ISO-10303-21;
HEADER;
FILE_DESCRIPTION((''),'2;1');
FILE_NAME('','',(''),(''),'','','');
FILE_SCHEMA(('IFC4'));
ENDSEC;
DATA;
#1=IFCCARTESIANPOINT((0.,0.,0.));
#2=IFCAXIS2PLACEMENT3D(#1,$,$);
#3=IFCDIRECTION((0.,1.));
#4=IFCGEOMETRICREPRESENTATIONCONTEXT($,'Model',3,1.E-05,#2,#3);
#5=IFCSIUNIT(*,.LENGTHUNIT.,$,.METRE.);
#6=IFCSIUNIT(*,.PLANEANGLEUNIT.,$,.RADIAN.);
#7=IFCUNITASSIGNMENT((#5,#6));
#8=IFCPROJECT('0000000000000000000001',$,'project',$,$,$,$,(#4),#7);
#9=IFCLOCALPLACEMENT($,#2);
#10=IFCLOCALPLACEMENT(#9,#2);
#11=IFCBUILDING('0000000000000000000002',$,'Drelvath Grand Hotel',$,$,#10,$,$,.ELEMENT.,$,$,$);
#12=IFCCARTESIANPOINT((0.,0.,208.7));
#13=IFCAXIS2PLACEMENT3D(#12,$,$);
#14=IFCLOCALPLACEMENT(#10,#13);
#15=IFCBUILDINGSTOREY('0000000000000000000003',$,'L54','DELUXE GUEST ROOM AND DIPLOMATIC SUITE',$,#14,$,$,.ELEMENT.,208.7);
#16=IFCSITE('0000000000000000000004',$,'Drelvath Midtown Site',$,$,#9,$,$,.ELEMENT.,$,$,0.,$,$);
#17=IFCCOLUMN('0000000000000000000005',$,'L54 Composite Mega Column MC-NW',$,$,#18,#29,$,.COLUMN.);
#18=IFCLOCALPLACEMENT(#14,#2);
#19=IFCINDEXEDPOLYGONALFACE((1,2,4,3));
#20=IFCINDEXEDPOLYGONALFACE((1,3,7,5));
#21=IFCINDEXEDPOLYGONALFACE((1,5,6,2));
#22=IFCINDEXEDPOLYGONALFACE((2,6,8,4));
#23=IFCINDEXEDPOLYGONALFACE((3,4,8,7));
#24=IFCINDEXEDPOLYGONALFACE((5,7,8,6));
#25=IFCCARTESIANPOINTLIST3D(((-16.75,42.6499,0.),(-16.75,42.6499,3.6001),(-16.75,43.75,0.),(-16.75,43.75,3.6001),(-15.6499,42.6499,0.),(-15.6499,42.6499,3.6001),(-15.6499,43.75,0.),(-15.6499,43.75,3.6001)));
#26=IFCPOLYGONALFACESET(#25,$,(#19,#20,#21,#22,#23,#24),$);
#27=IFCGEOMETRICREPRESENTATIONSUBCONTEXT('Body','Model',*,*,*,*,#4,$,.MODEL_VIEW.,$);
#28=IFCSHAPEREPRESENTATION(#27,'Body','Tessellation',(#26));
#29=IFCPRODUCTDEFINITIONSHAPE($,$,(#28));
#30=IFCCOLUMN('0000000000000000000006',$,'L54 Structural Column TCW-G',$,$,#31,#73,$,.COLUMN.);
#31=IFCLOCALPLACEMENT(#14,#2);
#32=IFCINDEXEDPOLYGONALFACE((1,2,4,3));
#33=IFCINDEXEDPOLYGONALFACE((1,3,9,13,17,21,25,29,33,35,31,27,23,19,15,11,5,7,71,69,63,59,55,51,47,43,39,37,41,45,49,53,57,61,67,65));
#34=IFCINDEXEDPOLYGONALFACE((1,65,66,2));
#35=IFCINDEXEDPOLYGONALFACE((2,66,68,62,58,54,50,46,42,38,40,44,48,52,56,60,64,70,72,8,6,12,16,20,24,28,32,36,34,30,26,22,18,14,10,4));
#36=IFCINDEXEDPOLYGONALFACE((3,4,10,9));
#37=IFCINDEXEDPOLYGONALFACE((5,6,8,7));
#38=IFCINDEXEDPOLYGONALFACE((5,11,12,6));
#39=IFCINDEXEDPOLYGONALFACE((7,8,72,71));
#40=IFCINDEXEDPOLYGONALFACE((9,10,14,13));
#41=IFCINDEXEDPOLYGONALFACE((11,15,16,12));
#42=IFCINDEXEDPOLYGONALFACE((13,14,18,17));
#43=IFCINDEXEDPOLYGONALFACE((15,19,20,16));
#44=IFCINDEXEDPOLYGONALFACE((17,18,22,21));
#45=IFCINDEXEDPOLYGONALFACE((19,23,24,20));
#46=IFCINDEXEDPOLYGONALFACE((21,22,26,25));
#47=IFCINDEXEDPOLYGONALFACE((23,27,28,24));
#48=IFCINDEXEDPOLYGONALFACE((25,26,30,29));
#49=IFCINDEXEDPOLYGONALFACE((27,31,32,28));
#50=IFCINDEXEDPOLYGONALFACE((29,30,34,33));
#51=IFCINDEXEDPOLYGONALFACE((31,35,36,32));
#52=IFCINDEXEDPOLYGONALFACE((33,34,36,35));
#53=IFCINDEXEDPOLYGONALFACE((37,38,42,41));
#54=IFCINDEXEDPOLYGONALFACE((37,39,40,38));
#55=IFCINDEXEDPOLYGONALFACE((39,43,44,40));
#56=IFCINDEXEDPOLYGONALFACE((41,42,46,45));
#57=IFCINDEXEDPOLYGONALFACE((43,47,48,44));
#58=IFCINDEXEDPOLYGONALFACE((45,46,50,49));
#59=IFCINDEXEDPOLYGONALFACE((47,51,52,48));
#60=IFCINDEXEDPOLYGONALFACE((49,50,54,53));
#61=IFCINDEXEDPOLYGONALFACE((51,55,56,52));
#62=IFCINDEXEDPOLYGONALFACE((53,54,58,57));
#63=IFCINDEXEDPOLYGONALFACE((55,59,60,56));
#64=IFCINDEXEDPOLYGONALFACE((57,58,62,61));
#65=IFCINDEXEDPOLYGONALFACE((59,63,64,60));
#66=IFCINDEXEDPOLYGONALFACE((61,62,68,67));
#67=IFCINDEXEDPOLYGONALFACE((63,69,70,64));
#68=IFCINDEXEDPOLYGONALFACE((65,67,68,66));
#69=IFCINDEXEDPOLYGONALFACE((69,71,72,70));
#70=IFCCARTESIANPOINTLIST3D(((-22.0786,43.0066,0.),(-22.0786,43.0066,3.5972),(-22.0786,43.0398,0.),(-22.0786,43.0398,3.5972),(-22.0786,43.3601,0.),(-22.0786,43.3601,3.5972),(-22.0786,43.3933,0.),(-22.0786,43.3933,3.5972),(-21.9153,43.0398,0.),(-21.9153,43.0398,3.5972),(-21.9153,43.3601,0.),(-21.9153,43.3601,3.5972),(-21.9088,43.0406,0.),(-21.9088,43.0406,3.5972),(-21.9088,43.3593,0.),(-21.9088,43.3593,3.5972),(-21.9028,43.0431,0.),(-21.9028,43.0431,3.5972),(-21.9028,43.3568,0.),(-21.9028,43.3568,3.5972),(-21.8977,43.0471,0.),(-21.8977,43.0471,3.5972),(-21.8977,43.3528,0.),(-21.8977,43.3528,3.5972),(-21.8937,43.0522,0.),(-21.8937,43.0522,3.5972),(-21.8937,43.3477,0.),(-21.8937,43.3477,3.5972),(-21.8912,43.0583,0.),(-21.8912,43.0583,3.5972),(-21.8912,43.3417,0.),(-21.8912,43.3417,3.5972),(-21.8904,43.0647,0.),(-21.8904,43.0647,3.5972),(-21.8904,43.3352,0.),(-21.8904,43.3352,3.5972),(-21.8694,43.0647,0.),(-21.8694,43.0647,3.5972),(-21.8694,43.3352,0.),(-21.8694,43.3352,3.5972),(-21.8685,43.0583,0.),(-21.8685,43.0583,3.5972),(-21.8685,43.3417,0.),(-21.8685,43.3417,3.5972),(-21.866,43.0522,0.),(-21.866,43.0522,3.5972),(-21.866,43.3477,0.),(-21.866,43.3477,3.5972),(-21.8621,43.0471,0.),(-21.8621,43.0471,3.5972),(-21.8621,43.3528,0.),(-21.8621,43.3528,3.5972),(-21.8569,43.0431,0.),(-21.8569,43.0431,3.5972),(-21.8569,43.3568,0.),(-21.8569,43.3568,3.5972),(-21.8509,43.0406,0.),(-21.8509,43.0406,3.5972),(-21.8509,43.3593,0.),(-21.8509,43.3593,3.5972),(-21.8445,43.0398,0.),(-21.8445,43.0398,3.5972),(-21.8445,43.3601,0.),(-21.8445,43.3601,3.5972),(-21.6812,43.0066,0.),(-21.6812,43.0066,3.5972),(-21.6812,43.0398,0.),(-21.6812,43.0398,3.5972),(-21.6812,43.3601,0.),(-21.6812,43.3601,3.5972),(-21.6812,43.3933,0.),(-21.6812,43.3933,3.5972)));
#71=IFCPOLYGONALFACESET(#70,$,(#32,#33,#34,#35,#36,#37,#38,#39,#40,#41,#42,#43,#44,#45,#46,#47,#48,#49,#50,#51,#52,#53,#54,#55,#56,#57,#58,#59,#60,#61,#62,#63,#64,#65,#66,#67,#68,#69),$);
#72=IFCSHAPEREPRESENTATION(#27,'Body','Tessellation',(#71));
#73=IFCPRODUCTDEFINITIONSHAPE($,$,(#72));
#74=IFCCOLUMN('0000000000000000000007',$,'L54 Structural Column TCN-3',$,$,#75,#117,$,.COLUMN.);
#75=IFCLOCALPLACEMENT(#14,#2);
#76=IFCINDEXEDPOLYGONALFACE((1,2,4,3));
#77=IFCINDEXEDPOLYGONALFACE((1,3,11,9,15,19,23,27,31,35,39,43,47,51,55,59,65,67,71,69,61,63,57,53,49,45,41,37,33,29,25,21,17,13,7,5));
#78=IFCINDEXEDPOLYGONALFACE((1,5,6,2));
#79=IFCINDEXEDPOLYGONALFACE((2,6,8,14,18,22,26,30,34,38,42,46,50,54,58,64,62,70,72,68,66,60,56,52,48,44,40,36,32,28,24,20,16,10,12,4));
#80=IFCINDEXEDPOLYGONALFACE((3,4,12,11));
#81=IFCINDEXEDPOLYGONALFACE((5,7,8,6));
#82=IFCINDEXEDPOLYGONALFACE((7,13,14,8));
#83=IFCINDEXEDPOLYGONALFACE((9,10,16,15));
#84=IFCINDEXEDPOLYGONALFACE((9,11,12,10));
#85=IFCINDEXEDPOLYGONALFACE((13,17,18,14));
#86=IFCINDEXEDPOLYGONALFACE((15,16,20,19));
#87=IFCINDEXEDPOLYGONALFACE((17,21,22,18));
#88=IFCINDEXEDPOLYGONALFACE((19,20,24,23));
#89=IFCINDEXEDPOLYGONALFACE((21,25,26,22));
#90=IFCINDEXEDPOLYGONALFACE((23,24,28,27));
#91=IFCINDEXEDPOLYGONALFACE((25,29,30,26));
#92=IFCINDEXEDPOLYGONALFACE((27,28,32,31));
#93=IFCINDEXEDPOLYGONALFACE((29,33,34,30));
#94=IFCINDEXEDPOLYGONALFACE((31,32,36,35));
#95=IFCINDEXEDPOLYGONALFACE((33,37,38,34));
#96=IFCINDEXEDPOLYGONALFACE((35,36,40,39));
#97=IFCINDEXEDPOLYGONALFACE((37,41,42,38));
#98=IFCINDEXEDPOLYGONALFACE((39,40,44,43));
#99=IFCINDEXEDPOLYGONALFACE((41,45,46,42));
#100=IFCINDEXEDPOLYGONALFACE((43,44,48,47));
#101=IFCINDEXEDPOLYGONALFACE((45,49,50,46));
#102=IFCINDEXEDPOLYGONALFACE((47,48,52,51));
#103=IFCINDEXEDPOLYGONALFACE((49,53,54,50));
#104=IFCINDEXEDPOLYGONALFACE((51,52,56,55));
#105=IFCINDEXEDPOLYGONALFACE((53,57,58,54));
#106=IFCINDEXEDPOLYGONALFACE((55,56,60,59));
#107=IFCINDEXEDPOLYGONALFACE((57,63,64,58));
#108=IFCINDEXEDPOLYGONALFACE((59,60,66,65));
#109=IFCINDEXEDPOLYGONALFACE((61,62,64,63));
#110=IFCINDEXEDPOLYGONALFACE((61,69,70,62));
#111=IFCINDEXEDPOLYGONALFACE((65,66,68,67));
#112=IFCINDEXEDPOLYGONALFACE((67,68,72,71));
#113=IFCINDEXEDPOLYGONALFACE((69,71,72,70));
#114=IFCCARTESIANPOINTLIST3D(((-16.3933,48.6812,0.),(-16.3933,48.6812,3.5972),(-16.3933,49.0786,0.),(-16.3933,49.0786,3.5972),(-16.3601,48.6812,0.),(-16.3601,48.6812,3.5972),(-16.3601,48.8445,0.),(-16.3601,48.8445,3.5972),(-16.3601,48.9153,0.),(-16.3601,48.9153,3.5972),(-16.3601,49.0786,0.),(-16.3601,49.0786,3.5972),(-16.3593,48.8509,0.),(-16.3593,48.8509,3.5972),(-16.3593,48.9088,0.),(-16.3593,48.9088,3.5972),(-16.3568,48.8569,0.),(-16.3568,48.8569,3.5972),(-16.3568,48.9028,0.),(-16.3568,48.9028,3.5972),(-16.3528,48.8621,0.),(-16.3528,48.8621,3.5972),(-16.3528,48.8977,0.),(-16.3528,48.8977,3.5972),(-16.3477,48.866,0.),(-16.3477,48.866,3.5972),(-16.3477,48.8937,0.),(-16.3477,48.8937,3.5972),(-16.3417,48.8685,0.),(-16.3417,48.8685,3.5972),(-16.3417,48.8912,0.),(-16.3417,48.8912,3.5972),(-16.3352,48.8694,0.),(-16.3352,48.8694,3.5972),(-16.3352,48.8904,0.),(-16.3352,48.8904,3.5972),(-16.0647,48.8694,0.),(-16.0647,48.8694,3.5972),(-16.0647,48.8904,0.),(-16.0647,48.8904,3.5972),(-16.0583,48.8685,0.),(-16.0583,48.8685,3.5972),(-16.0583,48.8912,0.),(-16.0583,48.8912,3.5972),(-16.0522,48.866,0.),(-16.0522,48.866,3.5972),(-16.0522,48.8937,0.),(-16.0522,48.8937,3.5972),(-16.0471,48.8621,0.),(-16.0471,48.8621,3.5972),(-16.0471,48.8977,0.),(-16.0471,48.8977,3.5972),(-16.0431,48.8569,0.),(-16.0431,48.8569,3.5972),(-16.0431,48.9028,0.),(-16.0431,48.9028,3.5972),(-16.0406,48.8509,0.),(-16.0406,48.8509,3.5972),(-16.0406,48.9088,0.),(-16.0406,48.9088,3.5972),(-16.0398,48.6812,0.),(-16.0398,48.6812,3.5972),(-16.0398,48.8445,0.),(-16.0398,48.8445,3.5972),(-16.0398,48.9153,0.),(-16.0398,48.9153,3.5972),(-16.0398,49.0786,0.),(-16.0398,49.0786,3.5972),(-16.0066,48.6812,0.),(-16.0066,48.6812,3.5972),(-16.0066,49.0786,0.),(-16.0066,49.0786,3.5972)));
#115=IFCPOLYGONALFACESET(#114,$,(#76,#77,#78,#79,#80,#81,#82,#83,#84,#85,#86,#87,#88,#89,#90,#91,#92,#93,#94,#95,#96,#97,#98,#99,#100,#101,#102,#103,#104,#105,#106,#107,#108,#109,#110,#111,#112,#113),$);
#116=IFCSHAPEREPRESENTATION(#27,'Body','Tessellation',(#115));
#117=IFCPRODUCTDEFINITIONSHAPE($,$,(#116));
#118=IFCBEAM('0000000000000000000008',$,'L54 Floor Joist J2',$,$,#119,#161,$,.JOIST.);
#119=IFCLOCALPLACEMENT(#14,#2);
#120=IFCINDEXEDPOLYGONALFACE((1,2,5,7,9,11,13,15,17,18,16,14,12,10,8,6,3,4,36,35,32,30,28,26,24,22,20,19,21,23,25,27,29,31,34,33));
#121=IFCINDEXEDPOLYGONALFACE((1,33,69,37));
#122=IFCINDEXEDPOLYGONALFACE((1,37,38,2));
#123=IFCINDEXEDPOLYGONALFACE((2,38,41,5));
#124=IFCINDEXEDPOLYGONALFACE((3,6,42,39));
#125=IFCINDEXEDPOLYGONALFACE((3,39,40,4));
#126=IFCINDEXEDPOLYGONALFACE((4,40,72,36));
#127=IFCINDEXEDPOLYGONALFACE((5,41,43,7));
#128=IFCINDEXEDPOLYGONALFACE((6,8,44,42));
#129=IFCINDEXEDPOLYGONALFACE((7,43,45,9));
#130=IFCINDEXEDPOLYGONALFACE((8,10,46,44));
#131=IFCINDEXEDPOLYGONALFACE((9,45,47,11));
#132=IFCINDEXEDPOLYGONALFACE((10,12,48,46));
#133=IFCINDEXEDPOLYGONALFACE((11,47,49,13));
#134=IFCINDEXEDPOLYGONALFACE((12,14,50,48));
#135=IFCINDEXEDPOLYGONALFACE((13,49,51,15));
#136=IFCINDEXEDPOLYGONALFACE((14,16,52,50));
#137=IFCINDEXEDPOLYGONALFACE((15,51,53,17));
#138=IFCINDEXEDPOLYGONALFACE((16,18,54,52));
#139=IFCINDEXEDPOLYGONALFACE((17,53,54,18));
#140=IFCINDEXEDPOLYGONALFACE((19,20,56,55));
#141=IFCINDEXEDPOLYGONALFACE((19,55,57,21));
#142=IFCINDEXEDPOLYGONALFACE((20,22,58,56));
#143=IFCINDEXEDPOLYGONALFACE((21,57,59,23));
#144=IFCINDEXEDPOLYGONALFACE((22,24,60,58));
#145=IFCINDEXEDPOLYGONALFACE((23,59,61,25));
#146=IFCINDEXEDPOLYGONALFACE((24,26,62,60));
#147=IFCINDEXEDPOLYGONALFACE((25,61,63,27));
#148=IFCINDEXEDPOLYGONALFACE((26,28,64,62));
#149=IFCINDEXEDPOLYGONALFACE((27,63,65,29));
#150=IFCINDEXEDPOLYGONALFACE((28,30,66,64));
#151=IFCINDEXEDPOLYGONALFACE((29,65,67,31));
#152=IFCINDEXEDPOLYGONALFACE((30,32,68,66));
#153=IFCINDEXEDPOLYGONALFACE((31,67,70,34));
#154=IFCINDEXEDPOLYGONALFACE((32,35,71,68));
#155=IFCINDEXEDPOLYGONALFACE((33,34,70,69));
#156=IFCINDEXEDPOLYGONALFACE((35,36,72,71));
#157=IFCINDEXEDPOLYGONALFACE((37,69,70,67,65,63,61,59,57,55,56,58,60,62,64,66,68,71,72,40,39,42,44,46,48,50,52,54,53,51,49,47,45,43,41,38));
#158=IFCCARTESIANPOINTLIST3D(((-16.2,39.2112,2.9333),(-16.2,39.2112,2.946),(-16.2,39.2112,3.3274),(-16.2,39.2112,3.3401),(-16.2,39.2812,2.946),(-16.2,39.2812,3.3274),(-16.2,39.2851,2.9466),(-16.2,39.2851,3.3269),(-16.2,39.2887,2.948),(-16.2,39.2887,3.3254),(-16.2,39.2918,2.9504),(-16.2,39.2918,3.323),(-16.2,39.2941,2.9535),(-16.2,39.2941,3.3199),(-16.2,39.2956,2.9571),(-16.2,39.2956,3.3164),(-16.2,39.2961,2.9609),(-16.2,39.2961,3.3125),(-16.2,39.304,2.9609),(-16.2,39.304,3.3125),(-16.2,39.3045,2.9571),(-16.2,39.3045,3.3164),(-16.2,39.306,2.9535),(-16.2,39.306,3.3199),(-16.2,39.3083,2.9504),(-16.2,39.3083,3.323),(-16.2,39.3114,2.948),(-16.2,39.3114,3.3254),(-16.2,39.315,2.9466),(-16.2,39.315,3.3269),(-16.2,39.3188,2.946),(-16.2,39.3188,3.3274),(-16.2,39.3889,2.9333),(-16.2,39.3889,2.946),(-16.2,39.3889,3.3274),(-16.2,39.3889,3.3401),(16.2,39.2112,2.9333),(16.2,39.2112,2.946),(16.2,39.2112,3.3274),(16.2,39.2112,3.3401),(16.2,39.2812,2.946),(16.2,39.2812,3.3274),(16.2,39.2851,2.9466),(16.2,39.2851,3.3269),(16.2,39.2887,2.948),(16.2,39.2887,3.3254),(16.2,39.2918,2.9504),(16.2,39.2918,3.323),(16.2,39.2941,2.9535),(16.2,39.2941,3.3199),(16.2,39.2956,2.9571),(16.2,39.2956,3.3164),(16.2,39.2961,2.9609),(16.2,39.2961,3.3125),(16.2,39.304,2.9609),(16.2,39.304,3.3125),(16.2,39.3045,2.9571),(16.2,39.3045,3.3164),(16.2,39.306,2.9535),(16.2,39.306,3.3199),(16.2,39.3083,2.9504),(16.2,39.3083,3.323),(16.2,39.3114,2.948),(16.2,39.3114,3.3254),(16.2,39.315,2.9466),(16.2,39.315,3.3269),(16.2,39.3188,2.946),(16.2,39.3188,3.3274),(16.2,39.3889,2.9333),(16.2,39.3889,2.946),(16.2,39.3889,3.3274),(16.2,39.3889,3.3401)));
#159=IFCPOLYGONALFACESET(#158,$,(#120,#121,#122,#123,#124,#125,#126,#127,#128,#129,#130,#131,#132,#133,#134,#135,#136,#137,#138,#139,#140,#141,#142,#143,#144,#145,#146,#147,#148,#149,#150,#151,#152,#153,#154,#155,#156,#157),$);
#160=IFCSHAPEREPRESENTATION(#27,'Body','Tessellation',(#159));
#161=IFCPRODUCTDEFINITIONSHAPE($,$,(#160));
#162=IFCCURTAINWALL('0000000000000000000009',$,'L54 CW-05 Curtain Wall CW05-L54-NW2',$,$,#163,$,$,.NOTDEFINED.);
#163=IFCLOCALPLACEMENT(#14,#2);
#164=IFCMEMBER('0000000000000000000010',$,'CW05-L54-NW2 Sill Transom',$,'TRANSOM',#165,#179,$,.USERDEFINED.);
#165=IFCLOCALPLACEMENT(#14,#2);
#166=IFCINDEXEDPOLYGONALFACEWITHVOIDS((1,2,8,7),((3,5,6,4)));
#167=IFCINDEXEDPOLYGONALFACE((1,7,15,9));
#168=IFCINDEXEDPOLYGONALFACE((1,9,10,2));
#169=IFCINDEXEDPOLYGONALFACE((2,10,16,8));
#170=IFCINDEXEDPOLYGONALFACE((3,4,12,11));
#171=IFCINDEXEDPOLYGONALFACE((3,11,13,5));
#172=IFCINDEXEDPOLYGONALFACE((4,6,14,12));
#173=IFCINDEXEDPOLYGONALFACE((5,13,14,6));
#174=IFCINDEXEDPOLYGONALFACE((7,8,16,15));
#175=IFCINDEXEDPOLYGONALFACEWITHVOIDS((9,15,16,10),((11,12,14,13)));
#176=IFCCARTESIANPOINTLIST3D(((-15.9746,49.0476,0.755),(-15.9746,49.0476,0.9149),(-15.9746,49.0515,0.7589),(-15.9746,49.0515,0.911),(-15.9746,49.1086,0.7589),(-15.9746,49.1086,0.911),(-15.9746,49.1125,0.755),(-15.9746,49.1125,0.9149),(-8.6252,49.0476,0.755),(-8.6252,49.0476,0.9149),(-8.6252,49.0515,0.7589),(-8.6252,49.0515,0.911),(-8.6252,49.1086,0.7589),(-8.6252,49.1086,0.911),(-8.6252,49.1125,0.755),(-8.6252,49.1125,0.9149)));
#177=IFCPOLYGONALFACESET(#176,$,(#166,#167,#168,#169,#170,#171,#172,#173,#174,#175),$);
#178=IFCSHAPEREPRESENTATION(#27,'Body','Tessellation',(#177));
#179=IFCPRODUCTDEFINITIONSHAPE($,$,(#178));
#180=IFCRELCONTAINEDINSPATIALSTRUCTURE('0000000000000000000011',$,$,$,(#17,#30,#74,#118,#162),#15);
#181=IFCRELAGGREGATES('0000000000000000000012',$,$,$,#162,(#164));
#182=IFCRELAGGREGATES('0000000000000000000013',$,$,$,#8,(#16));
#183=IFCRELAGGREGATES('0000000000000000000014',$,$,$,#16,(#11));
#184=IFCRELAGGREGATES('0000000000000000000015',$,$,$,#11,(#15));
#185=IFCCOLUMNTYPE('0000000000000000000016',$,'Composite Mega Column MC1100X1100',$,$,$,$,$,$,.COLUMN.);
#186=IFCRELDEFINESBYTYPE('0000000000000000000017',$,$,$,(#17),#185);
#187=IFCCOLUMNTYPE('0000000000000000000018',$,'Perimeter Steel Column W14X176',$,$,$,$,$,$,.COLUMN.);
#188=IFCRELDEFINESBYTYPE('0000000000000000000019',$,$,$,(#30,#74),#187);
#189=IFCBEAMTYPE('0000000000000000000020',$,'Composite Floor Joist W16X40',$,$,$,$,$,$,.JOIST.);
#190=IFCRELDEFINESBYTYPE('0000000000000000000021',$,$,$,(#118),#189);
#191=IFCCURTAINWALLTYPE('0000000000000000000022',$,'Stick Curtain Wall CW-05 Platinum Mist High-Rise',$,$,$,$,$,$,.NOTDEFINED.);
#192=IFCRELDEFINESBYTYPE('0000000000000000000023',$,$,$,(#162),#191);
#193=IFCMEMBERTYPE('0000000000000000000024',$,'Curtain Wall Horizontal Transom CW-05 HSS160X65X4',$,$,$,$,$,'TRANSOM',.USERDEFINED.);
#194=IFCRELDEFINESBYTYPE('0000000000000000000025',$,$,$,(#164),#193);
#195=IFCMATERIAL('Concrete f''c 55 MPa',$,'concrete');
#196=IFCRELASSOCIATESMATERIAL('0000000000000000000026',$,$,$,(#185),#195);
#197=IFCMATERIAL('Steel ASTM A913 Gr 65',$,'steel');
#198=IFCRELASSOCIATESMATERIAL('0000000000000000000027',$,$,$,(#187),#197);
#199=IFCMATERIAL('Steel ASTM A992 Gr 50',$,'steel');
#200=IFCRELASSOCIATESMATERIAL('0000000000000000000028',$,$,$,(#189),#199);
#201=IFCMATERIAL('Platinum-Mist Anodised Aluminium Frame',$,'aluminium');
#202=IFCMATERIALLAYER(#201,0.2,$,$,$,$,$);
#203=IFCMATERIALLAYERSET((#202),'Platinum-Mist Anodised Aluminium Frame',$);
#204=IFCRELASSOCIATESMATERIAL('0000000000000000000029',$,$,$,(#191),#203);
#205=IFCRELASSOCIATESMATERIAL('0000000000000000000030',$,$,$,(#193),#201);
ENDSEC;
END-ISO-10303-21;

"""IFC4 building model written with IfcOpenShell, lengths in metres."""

from ifc_helpers import new_model, si_unit, direction, frame, origin, origin_2d, place, context, subcontext, project, spatial, rectangle, hollow_rectangle, i_section, extrude, material, layer, layer_set, material_profile, profile_set, type_object, element, aggregate, save


model = new_model("IFC4")

# Units and contexts
model_context = context("Model", 3, precision=1e-05, world=origin(), true_north=direction((0.0, 1.0)))
body_context = subcontext(model_context, "Body", "Model", "MODEL_VIEW")
ifc_project = project(units=[si_unit("LENGTHUNIT", "METRE"), si_unit("PLANEANGLEUNIT", "RADIAN")], contexts=[model_context])

# Site, building, storey
site_placement = place(None, origin())
site = spatial("IfcSite", under=ifc_project, at=site_placement, Name="Drelvath Midtown Site", CompositionType="ELEMENT", RefElevation=0.0)
building_placement = place(site_placement, origin())
building = spatial("IfcBuilding", under=site, at=building_placement, Name="Drelvath Grand Hotel", CompositionType="ELEMENT")
storey_placement = place(building_placement, frame((0.0, 0.0, 208.7)))
storey = spatial("IfcBuildingStorey", under=building, at=storey_placement, Name="L54", Description="DELUXE GUEST ROOM AND DIPLOMATIC SUITE", CompositionType="ELEMENT", Elevation=208.7)

# Columns
ifc_material_1 = material(Name="Concrete f'c 55 MPa", Category="concrete")
ifc_material_profile_1 = material_profile(ifc_material_1, rectangle(XDim=1.1001, YDim=1.1001, at=origin_2d()), Name="MC1100X1100")
ifc_profile_set_1 = profile_set([ifc_material_profile_1], Name="Concrete f'c 55 MPa")
column_type_1 = type_object("IfcColumnType", Name="Composite Mega Column MC1100X1100", PredefinedType="COLUMN", material=ifc_profile_set_1)
column_placement = place(storey_placement, frame((-16.2, 43.2, 0.0), z_axis=(0.0, 0.0, 1.0), x_axis=(1.0, 0.0, 0.0)))
element("IfcColumn", 1, at=column_placement, inside=storey, type_object=column_type_1, Name="L54 Composite Mega Column MC-NW", PredefinedType="COLUMN", context=body_context, shape_type="SweptSolid", body=[
    extrude(rectangle(XDim=1.1001, YDim=1.1001, at=origin_2d()), origin(), (0.0, 0.0, 1.0), 3.6001),
])
ifc_material_2 = material(Name="Steel ASTM A913 Gr 65", Category="steel")
ifc_material_profile_2 = material_profile(ifc_material_2, i_section(OverallWidth=0.3975, OverallDepth=0.3867, WebThickness=0.021, FlangeThickness=0.0332, FilletRadius=0.0249, at=origin_2d()), Name="W14X176")
ifc_profile_set_2 = profile_set([ifc_material_profile_2], Name="Steel ASTM A913 Gr 65")
column_type_2 = type_object("IfcColumnType", Name="Perimeter Steel Column W14X176", PredefinedType="COLUMN", material=ifc_profile_set_2)
for number, where, z_axis, x_axis, name in (
    (2, (-21.8799, 43.2, 0.0), (0.0, 0.0, 1.0), (1.0, 0.0, 0.0), "L54 Structural Column TCW-G"),
    (3, (-16.2, 48.8799, 0.0), (0.0, 0.0, 1.0), (0.0, 1.0, 0.0), "L54 Structural Column TCN-3"),
):
    element("IfcColumn", number, at=place(storey_placement, frame(where, z_axis=z_axis, x_axis=x_axis)), inside=storey, type_object=column_type_2, Name=name, PredefinedType="COLUMN", context=body_context, shape_type="SweptSolid", body=[
        extrude(i_section(OverallWidth=0.3975, OverallDepth=0.3867, WebThickness=0.021, FlangeThickness=0.0332, FilletRadius=0.0249, at=origin_2d()), origin(), (0.0, 0.0, 1.0), 3.5972),
    ])

# Beam
ifc_material_3 = material(Name="Steel ASTM A992 Gr 50", Category="steel")
ifc_material_profile_3 = material_profile(ifc_material_3, i_section(OverallWidth=0.1777, OverallDepth=0.4067, WebThickness=0.0078, FlangeThickness=0.0127, FilletRadius=0.0149, at=origin_2d()), Name="W16X40")
ifc_profile_set_3 = profile_set([ifc_material_profile_3], Name="Steel ASTM A992 Gr 50")
beam_type_1 = type_object("IfcBeamType", Name="Composite Floor Joist W16X40", PredefinedType="JOIST", material=ifc_profile_set_3)
beam_1_placement = place(storey_placement, frame((-16.2, 39.3, 3.1367), z_axis=(1.0, 0.0, 0.0), x_axis=(0.0, 1.0, 0.0)))
element("IfcBeam", 4, at=beam_1_placement, inside=storey, type_object=beam_type_1, Name="L54 Floor Joist J2", PredefinedType="JOIST", context=body_context, shape_type="SweptSolid", body=[
    extrude(i_section(OverallWidth=0.1777, OverallDepth=0.4067, WebThickness=0.0078, FlangeThickness=0.0127, FilletRadius=0.0149, at=origin_2d()), origin(), (0.0, 0.0, 1.0), 32.3999),
])

# Curtain wall, member
ifc_material_4 = material(Name="Platinum-Mist Anodised Aluminium Frame", Category="aluminium")
ifc_layer_1 = layer(ifc_material_4, 0.2)
ifc_layer_set_1 = layer_set([ifc_layer_1], Name="Platinum-Mist Anodised Aluminium Frame")
curtain_wall_type = type_object("IfcCurtainWallType", Name="Stick Curtain Wall CW-05 Platinum Mist High-Rise", PredefinedType="NOTDEFINED", material=ifc_layer_set_1)
curtain_wall_1_placement = place(storey_placement, origin())
curtain_wall_1 = element("IfcCurtainWall", 5, at=curtain_wall_1_placement, inside=storey, type_object=curtain_wall_type, Name="L54 CW-05 Curtain Wall CW05-L54-NW2", PredefinedType="NOTDEFINED")
ifc_material_profile_4 = material_profile(ifc_material_4, hollow_rectangle(XDim=0.0649, YDim=0.1599, WallThickness=0.0039, at=origin_2d()), Name="HSS160X65X4")
ifc_profile_set_4 = profile_set([ifc_material_profile_4], Name="Platinum-Mist Anodised Aluminium Frame")
member_type_1 = type_object("IfcMemberType", Name="Curtain Wall Horizontal Transom CW-05 HSS160X65X4", ElementType="TRANSOM", PredefinedType="USERDEFINED", material=ifc_profile_set_4)
member_1_placement = place(storey_placement, frame((-15.9746, 49.0801, 0.835), z_axis=(1.0, 0.0, 0.0), x_axis=(0.0, 1.0, 0.0)))
member_1 = element("IfcMember", 6, at=member_1_placement, type_object=member_type_1, Name="CW05-L54-NW2 Sill Transom", ObjectType="TRANSOM", PredefinedType="USERDEFINED", context=body_context, shape_type="SweptSolid", body=[
    extrude(hollow_rectangle(XDim=0.0649, YDim=0.1599, WallThickness=0.0039, at=origin_2d()), origin(), (0.0, 0.0, 1.0), 7.3494),
])

aggregate(curtain_wall_1, [member_1])

save(model, "model.ifc")
